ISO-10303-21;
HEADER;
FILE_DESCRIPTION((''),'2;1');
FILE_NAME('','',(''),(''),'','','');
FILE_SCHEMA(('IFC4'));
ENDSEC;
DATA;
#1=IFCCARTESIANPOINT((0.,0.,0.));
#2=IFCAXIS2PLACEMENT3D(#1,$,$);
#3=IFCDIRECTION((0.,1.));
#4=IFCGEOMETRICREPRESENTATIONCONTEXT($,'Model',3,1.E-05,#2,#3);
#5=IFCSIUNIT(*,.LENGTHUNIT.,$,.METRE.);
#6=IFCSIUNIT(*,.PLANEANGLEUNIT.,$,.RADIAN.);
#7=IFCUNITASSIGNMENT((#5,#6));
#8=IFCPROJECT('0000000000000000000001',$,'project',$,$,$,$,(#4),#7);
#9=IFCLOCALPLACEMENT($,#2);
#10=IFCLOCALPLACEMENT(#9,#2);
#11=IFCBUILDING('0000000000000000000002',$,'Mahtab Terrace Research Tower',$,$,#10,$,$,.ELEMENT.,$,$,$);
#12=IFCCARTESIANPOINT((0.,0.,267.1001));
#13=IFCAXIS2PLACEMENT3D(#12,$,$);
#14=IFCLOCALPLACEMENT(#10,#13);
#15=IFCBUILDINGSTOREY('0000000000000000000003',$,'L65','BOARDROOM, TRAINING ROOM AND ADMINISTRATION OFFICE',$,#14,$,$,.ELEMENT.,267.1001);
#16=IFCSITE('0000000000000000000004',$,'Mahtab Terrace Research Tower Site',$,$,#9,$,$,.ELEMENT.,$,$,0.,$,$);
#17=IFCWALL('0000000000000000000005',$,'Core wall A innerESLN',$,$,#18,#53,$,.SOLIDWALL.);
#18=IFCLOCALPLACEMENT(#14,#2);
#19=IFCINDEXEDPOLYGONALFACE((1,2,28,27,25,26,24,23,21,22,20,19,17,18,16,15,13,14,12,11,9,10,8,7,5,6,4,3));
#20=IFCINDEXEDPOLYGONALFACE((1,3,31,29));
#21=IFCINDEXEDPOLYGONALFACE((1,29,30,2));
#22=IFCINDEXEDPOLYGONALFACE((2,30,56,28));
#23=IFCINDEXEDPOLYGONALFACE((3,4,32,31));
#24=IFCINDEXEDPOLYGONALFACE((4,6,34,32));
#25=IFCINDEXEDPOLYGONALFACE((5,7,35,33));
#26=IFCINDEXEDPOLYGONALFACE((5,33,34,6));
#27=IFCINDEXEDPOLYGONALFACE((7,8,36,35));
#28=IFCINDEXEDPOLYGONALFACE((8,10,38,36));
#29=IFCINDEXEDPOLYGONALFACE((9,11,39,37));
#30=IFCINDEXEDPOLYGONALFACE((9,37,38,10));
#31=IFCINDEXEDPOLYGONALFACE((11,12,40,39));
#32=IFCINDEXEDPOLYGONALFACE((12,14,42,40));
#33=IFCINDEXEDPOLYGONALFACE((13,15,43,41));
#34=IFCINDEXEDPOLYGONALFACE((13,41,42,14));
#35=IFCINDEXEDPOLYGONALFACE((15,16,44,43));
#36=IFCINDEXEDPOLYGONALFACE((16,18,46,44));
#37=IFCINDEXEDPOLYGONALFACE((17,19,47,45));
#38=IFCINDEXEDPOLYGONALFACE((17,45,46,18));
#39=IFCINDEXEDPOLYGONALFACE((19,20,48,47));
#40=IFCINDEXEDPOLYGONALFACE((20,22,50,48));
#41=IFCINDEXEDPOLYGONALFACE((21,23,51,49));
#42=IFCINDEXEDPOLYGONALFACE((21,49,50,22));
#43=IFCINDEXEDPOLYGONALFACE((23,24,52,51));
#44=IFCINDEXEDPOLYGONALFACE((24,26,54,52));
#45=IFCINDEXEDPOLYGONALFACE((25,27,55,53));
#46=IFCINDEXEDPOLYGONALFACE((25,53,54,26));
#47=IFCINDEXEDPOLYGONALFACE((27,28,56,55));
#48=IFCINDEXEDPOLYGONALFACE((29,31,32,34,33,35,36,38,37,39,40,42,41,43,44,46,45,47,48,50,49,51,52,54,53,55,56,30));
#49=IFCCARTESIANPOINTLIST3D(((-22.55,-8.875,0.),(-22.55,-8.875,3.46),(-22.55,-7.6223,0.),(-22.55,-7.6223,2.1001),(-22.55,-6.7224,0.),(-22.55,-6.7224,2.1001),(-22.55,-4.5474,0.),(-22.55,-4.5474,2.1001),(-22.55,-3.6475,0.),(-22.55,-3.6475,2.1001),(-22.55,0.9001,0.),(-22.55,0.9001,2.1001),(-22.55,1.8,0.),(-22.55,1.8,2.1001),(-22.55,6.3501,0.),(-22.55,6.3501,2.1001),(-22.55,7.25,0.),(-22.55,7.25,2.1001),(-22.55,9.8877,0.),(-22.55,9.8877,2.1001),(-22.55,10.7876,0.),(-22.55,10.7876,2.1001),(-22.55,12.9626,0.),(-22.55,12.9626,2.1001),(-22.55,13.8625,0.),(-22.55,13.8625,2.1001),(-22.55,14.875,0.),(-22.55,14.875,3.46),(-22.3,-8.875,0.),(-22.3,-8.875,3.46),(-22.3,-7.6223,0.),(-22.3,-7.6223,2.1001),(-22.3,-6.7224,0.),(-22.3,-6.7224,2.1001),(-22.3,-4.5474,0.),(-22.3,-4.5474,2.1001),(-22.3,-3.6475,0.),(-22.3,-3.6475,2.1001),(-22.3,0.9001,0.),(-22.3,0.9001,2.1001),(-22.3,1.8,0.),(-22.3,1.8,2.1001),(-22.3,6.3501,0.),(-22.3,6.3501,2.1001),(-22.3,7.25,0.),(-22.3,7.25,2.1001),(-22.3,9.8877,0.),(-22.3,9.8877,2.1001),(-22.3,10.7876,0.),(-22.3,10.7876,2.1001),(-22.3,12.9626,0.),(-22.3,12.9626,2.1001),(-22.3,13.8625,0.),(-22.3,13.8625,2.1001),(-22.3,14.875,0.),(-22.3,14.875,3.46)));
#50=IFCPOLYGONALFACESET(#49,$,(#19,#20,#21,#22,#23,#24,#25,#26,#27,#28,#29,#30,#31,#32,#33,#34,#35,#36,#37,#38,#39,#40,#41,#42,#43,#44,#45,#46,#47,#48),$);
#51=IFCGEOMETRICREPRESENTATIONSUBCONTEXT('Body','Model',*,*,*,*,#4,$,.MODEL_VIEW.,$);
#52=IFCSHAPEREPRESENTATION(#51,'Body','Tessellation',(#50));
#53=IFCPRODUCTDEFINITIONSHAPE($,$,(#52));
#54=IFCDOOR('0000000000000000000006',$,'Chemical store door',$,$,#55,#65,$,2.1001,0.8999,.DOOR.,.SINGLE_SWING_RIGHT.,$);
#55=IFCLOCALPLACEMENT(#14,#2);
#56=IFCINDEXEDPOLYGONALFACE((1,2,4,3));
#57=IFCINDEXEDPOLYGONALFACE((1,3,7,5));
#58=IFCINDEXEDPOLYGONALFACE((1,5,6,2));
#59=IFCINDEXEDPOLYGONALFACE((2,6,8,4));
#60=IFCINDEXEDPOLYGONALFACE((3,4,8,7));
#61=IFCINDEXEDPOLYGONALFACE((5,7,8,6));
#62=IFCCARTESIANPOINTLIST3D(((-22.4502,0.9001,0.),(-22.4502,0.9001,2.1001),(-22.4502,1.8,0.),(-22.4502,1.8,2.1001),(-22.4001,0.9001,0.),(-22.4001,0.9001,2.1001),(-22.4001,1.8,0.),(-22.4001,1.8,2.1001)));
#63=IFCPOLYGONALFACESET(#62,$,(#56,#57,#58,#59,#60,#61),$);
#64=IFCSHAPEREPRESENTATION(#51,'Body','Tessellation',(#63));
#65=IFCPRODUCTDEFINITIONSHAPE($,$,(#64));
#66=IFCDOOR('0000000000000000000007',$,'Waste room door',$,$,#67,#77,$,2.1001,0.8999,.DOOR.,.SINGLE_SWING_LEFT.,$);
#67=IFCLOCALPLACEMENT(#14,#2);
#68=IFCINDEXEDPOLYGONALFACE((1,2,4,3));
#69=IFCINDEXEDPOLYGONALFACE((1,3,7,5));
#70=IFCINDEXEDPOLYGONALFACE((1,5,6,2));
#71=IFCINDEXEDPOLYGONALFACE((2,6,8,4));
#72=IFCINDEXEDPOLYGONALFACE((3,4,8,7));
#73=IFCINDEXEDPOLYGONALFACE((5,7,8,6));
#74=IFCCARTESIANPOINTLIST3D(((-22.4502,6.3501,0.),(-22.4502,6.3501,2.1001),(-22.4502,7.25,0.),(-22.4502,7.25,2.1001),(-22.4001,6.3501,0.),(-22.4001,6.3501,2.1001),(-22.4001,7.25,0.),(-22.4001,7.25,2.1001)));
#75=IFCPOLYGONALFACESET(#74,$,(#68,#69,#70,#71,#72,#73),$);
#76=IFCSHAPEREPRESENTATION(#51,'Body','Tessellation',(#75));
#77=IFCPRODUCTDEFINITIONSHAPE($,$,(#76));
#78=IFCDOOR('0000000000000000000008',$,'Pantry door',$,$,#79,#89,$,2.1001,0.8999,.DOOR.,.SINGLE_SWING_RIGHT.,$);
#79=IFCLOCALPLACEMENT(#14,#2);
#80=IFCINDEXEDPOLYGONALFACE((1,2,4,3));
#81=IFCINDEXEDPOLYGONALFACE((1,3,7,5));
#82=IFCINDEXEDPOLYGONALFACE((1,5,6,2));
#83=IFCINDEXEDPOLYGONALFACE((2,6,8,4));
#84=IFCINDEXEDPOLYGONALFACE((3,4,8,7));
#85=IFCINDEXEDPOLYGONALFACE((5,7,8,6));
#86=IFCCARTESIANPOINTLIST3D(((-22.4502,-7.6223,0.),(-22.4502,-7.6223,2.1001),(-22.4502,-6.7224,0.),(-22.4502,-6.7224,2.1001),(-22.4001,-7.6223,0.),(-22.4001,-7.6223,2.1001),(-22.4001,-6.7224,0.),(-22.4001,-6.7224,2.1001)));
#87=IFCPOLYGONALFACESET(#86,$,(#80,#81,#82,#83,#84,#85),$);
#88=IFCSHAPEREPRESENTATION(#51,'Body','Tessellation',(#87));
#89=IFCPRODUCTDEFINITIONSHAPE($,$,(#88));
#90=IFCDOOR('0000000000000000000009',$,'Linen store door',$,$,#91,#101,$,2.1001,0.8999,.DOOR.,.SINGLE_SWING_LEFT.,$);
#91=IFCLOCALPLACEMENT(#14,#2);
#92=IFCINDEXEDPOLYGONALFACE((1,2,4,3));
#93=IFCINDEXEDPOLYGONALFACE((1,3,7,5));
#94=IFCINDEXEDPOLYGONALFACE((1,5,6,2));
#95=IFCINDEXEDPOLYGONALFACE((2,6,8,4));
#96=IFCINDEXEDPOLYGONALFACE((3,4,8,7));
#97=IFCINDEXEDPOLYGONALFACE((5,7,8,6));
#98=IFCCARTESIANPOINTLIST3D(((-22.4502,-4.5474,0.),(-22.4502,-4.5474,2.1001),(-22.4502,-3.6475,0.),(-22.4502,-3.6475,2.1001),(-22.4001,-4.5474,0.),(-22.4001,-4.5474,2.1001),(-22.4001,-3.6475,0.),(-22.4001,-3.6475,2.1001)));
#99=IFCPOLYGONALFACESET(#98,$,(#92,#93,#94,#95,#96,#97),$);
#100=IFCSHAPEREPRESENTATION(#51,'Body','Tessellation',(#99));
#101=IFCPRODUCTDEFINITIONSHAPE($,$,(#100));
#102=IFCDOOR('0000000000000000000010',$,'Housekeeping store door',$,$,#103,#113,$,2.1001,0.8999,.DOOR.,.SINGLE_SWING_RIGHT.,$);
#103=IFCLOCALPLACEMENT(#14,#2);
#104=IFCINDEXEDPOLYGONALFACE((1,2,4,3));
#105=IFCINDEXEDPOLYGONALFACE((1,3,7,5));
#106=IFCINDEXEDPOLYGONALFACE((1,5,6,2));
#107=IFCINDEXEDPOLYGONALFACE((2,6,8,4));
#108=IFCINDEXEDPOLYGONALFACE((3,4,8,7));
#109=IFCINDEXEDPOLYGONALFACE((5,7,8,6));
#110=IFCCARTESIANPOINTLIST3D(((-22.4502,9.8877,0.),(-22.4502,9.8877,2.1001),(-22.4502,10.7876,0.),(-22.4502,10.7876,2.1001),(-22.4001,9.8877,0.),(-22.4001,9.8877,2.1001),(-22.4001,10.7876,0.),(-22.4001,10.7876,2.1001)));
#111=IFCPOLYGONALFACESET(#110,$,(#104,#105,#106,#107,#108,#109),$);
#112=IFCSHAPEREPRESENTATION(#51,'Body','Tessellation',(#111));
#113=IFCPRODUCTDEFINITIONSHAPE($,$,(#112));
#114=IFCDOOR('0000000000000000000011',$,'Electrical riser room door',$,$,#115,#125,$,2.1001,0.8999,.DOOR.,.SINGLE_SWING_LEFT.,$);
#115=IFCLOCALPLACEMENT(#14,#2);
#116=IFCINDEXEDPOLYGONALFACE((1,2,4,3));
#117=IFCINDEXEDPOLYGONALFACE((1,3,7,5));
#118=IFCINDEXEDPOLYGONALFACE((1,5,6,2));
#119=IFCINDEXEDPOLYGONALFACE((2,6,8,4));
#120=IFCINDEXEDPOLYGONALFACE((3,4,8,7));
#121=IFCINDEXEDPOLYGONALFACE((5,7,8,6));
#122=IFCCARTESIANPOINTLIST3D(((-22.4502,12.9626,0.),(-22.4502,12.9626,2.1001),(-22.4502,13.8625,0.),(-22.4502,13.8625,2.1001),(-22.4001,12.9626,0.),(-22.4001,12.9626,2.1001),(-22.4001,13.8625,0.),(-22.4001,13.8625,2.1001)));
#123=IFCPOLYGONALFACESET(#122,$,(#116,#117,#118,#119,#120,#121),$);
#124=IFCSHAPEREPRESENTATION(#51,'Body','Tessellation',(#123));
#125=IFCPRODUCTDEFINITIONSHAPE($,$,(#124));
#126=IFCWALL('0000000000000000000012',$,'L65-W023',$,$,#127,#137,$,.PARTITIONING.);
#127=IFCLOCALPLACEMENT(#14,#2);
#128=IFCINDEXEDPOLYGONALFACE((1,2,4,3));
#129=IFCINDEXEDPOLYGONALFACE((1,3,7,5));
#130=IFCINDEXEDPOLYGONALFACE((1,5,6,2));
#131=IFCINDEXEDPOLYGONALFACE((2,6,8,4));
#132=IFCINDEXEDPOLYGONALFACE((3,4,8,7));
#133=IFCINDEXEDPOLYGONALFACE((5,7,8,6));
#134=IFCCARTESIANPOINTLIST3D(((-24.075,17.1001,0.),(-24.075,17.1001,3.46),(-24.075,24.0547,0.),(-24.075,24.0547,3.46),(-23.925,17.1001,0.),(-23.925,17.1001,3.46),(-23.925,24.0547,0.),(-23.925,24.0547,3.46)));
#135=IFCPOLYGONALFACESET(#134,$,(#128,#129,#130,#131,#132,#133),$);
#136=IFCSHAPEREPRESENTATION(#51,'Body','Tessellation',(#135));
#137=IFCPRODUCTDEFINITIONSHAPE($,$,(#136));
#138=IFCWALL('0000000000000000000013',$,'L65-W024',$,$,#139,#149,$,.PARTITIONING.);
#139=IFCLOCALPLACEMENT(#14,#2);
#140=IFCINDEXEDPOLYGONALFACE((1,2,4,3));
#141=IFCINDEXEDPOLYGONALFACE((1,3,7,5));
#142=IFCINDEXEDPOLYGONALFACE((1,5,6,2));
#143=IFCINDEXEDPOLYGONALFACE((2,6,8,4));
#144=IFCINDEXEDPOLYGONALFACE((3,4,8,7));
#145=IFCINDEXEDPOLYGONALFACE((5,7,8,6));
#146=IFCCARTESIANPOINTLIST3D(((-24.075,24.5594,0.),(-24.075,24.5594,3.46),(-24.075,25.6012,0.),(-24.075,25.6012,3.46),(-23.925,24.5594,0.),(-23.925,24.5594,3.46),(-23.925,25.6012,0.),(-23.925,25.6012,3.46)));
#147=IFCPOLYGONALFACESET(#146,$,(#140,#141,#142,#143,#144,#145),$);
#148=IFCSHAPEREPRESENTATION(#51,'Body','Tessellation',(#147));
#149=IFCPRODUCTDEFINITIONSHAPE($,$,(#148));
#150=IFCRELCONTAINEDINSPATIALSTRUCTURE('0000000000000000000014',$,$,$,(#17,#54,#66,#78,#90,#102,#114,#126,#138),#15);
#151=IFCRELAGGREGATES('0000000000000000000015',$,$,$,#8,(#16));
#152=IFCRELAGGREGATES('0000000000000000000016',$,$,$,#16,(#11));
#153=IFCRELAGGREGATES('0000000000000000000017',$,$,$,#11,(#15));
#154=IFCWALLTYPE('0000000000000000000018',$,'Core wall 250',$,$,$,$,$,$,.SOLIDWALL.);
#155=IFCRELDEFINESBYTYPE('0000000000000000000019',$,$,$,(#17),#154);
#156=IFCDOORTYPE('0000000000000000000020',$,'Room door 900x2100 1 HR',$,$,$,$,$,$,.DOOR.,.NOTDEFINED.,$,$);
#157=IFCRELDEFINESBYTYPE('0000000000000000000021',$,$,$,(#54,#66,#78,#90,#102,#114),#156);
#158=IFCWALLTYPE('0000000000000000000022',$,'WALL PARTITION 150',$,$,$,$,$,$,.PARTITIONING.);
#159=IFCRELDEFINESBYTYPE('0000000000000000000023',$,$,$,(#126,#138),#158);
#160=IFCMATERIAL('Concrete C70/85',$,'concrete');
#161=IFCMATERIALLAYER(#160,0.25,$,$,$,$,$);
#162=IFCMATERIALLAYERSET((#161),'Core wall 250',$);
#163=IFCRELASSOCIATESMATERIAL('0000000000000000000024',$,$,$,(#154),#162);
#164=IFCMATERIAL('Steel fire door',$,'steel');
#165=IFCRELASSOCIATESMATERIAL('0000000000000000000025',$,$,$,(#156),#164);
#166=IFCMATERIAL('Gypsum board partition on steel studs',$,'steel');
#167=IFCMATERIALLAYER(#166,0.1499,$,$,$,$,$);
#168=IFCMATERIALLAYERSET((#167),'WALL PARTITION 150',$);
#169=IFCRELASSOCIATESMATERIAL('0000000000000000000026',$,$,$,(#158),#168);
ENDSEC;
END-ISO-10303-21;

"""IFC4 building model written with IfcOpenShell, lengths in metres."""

from ifc_helpers import new_model, si_unit, direction, frame, frame_2d, origin, place, context, subcontext, project, spatial, rectangle, extrude, material, layer, layer_set, type_object, element, fill, save


model = new_model("IFC4")

# Units and contexts
model_context = context("Model", 3, precision=1e-05, world=origin(), true_north=direction((0.0, 1.0)))
body_context = subcontext(model_context, "Body", "Model", "MODEL_VIEW")
ifc_project = project(units=[si_unit("LENGTHUNIT", "METRE"), si_unit("PLANEANGLEUNIT", "RADIAN")], contexts=[model_context])

# Site, building, storey
site_placement = place(None, origin())
site = spatial("IfcSite", under=ifc_project, at=site_placement, Name="Mahtab Terrace Research Tower Site", CompositionType="ELEMENT", RefElevation=0.0)
building_placement = place(site_placement, origin())
building = spatial("IfcBuilding", under=site, at=building_placement, Name="Mahtab Terrace Research Tower", CompositionType="ELEMENT")
storey_placement = place(building_placement, frame((0.0, 0.0, 267.1001)))
storey = spatial("IfcBuildingStorey", under=building, at=storey_placement, Name="L65", Description="BOARDROOM, TRAINING ROOM AND ADMINISTRATION OFFICE", CompositionType="ELEMENT", Elevation=267.1001)

# Shared definitions
ifc_material_1 = material(Name="Concrete C70/85", Category="concrete")
ifc_layer_1 = layer(ifc_material_1, 0.25)
ifc_layer_set_1 = layer_set([ifc_layer_1], Name="Core wall 250")
wall_type_1 = type_object("IfcWallType", Name="Core wall 250", PredefinedType="SOLIDWALL", material=ifc_layer_set_1)

# Shared definitions
ifc_material_2 = material(Name="Steel fire door", Category="steel")

# Wall, openings, doors
wall_1_placement = place(storey_placement, frame((-22.425, 14.875, 0.0), z_axis=(0.0, 0.0, 1.0), x_axis=(0.0, -1.0, 0.0)))
wall_1 = element("IfcWall", 1, at=wall_1_placement, inside=storey, type_object=wall_type_1, Name="Core wall A innerESLN", PredefinedType="SOLIDWALL", context=body_context, shape_type="SweptSolid", body=[
    extrude(rectangle(XDim=23.75, YDim=0.25, at=frame_2d((11.875, 0.0))), origin(), (0.0, 0.0, 1.0), 3.46),
])
opening_1_placement = place(wall_1_placement, frame((13.075, 0.0, 0.0)))
opening_1 = element("IfcOpeningElement", 2, at=opening_1_placement, cuts=wall_1, PredefinedType="OPENING", context=body_context, shape_type="SweptSolid", body=[
    extrude(rectangle(XDim=0.8999, YDim=2.1001, at=frame_2d((0.45, 1.05))), frame((0.0, 0.135, 0.0), z_axis=(0.0, -1.0, 0.0), x_axis=(1.0, 0.0, 0.0)), (0.0, 0.0, 1.0), 0.27),
])
opening_2_placement = place(wall_1_placement, frame((7.625, 0.0, 0.0)))
opening_2 = element("IfcOpeningElement", 3, at=opening_2_placement, cuts=wall_1, PredefinedType="OPENING", context=body_context, shape_type="SweptSolid", body=[
    extrude(rectangle(XDim=0.8999, YDim=2.1001, at=frame_2d((0.45, 1.05))), frame((0.0, 0.135, 0.0), z_axis=(0.0, -1.0, 0.0), x_axis=(1.0, 0.0, 0.0)), (0.0, 0.0, 1.0), 0.27),
])
opening_3_placement = place(wall_1_placement, frame((21.5974, 0.0, 0.0)))
opening_3 = element("IfcOpeningElement", 4, at=opening_3_placement, cuts=wall_1, PredefinedType="OPENING", context=body_context, shape_type="SweptSolid", body=[
    extrude(rectangle(XDim=0.8999, YDim=2.1001, at=frame_2d((0.45, 1.05))), frame((0.0, 0.135, 0.0), z_axis=(0.0, -1.0, 0.0), x_axis=(1.0, 0.0, 0.0)), (0.0, 0.0, 1.0), 0.27),
])
opening_4_placement = place(wall_1_placement, frame((18.5225, 0.0, 0.0)))
opening_4 = element("IfcOpeningElement", 5, at=opening_4_placement, cuts=wall_1, PredefinedType="OPENING", context=body_context, shape_type="SweptSolid", body=[
    extrude(rectangle(XDim=0.8999, YDim=2.1001, at=frame_2d((0.45, 1.05))), frame((0.0, 0.135, 0.0), z_axis=(0.0, -1.0, 0.0), x_axis=(1.0, 0.0, 0.0)), (0.0, 0.0, 1.0), 0.27),
])
opening_5_placement = place(wall_1_placement, frame((4.0874, 0.0, 0.0)))
opening_5 = element("IfcOpeningElement", 6, at=opening_5_placement, cuts=wall_1, PredefinedType="OPENING", context=body_context, shape_type="SweptSolid", body=[
    extrude(rectangle(XDim=0.8999, YDim=2.1001, at=frame_2d((0.45, 1.05))), frame((0.0, 0.135, 0.0), z_axis=(0.0, -1.0, 0.0), x_axis=(1.0, 0.0, 0.0)), (0.0, 0.0, 1.0), 0.27),
])
opening_6_placement = place(wall_1_placement, frame((1.0125, 0.0, 0.0)))
opening_6 = element("IfcOpeningElement", 7, at=opening_6_placement, cuts=wall_1, PredefinedType="OPENING", context=body_context, shape_type="SweptSolid", body=[
    extrude(rectangle(XDim=0.8999, YDim=2.1001, at=frame_2d((0.45, 1.05))), frame((0.0, 0.135, 0.0), z_axis=(0.0, -1.0, 0.0), x_axis=(1.0, 0.0, 0.0)), (0.0, 0.0, 1.0), 0.27),
])
door_type_1 = type_object("IfcDoorType", Name="Room door 900x2100 1 HR", OperationType="NOTDEFINED", PredefinedType="DOOR", material=ifc_material_2)
door_1_placement = place(opening_1_placement, origin())
door_1 = element("IfcDoor", 8, at=door_1_placement, inside=storey, type_object=door_type_1, Name="Chemical store door", OperationType="SINGLE_SWING_RIGHT", OverallHeight=2.1001, OverallWidth=0.8999, PredefinedType="DOOR", context=body_context, shape_type="SweptSolid", body=[
    extrude(rectangle(XDim=0.8999, YDim=2.1001, at=frame_2d((0.45, 1.05))), frame((0.0, 0.0249, 0.0), z_axis=(0.0, -1.0, 0.0), x_axis=(1.0, 0.0, 0.0)), (0.0, 0.0, 1.0), 0.05),
])
fill(opening_1, door_1)
door_2_placement = place(opening_2_placement, origin())
door_2 = element("IfcDoor", 9, at=door_2_placement, inside=storey, type_object=door_type_1, Name="Waste room door", OperationType="SINGLE_SWING_LEFT", OverallHeight=2.1001, OverallWidth=0.8999, PredefinedType="DOOR", context=body_context, shape_type="SweptSolid", body=[
    extrude(rectangle(XDim=0.8999, YDim=2.1001, at=frame_2d((0.45, 1.05))), frame((0.0, 0.0249, 0.0), z_axis=(0.0, -1.0, 0.0), x_axis=(1.0, 0.0, 0.0)), (0.0, 0.0, 1.0), 0.05),
])
fill(opening_2, door_2)
door_3_placement = place(opening_3_placement, origin())
door_3 = element("IfcDoor", 10, at=door_3_placement, inside=storey, type_object=door_type_1, Name="Pantry door", OperationType="SINGLE_SWING_RIGHT", OverallHeight=2.1001, OverallWidth=0.8999, PredefinedType="DOOR", context=body_context, shape_type="SweptSolid", body=[
    extrude(rectangle(XDim=0.8999, YDim=2.1001, at=frame_2d((0.45, 1.05))), frame((0.0, 0.0249, 0.0), z_axis=(0.0, -1.0, 0.0), x_axis=(1.0, 0.0, 0.0)), (0.0, 0.0, 1.0), 0.05),
])
fill(opening_3, door_3)
door_4_placement = place(opening_4_placement, origin())
door_4 = element("IfcDoor", 11, at=door_4_placement, inside=storey, type_object=door_type_1, Name="Linen store door", OperationType="SINGLE_SWING_LEFT", OverallHeight=2.1001, OverallWidth=0.8999, PredefinedType="DOOR", context=body_context, shape_type="SweptSolid", body=[
    extrude(rectangle(XDim=0.8999, YDim=2.1001, at=frame_2d((0.45, 1.05))), frame((0.0, 0.0249, 0.0), z_axis=(0.0, -1.0, 0.0), x_axis=(1.0, 0.0, 0.0)), (0.0, 0.0, 1.0), 0.05),
])
fill(opening_4, door_4)
door_5_placement = place(opening_5_placement, origin())
door_5 = element("IfcDoor", 12, at=door_5_placement, inside=storey, type_object=door_type_1, Name="Housekeeping store door", OperationType="SINGLE_SWING_RIGHT", OverallHeight=2.1001, OverallWidth=0.8999, PredefinedType="DOOR", context=body_context, shape_type="SweptSolid", body=[
    extrude(rectangle(XDim=0.8999, YDim=2.1001, at=frame_2d((0.45, 1.05))), frame((0.0, 0.0249, 0.0), z_axis=(0.0, -1.0, 0.0), x_axis=(1.0, 0.0, 0.0)), (0.0, 0.0, 1.0), 0.05),
])
fill(opening_5, door_5)
door_6_placement = place(opening_6_placement, origin())
door_6 = element("IfcDoor", 13, at=door_6_placement, inside=storey, type_object=door_type_1, Name="Electrical riser room door", OperationType="SINGLE_SWING_LEFT", OverallHeight=2.1001, OverallWidth=0.8999, PredefinedType="DOOR", context=body_context, shape_type="SweptSolid", body=[
    extrude(rectangle(XDim=0.8999, YDim=2.1001, at=frame_2d((0.45, 1.05))), frame((0.0, 0.0249, 0.0), z_axis=(0.0, -1.0, 0.0), x_axis=(1.0, 0.0, 0.0)), (0.0, 0.0, 1.0), 0.05),
])
fill(opening_6, door_6)

# Walls
ifc_material_3 = material(Name="Gypsum board partition on steel studs", Category="steel")
ifc_layer_2 = layer(ifc_material_3, 0.1499)
ifc_layer_set_2 = layer_set([ifc_layer_2], Name="WALL PARTITION 150")
wall_type_2 = type_object("IfcWallType", Name="WALL PARTITION 150", PredefinedType="PARTITIONING", material=ifc_layer_set_2)
wall_2_placement = place(storey_placement, frame((-24.0, 17.1001, 0.0), z_axis=(0.0, 0.0, 1.0), x_axis=(0.0, 1.0, 0.0)))
element("IfcWall", 14, at=wall_2_placement, inside=storey, type_object=wall_type_2, Name="L65-W023", PredefinedType="PARTITIONING", context=body_context, shape_type="SweptSolid", body=[
    extrude(rectangle(XDim=6.9546, YDim=0.1499, at=frame_2d((3.4773, 0.0))), origin(), (0.0, 0.0, 1.0), 3.46),
])
wall_3_placement = place(storey_placement, frame((-24.0, 24.5593, 0.0), z_axis=(0.0, 0.0, 1.0), x_axis=(0.0, 1.0, 0.0)))
element("IfcWall", 15, at=wall_3_placement, inside=storey, type_object=wall_type_2, Name="L65-W024", PredefinedType="PARTITIONING", context=body_context, shape_type="SweptSolid", body=[
    extrude(rectangle(XDim=1.0417, YDim=0.1499, at=frame_2d((0.521, 0.0))), origin(), (0.0, 0.0, 1.0), 3.46),
])

save(model, "model.ifc")
